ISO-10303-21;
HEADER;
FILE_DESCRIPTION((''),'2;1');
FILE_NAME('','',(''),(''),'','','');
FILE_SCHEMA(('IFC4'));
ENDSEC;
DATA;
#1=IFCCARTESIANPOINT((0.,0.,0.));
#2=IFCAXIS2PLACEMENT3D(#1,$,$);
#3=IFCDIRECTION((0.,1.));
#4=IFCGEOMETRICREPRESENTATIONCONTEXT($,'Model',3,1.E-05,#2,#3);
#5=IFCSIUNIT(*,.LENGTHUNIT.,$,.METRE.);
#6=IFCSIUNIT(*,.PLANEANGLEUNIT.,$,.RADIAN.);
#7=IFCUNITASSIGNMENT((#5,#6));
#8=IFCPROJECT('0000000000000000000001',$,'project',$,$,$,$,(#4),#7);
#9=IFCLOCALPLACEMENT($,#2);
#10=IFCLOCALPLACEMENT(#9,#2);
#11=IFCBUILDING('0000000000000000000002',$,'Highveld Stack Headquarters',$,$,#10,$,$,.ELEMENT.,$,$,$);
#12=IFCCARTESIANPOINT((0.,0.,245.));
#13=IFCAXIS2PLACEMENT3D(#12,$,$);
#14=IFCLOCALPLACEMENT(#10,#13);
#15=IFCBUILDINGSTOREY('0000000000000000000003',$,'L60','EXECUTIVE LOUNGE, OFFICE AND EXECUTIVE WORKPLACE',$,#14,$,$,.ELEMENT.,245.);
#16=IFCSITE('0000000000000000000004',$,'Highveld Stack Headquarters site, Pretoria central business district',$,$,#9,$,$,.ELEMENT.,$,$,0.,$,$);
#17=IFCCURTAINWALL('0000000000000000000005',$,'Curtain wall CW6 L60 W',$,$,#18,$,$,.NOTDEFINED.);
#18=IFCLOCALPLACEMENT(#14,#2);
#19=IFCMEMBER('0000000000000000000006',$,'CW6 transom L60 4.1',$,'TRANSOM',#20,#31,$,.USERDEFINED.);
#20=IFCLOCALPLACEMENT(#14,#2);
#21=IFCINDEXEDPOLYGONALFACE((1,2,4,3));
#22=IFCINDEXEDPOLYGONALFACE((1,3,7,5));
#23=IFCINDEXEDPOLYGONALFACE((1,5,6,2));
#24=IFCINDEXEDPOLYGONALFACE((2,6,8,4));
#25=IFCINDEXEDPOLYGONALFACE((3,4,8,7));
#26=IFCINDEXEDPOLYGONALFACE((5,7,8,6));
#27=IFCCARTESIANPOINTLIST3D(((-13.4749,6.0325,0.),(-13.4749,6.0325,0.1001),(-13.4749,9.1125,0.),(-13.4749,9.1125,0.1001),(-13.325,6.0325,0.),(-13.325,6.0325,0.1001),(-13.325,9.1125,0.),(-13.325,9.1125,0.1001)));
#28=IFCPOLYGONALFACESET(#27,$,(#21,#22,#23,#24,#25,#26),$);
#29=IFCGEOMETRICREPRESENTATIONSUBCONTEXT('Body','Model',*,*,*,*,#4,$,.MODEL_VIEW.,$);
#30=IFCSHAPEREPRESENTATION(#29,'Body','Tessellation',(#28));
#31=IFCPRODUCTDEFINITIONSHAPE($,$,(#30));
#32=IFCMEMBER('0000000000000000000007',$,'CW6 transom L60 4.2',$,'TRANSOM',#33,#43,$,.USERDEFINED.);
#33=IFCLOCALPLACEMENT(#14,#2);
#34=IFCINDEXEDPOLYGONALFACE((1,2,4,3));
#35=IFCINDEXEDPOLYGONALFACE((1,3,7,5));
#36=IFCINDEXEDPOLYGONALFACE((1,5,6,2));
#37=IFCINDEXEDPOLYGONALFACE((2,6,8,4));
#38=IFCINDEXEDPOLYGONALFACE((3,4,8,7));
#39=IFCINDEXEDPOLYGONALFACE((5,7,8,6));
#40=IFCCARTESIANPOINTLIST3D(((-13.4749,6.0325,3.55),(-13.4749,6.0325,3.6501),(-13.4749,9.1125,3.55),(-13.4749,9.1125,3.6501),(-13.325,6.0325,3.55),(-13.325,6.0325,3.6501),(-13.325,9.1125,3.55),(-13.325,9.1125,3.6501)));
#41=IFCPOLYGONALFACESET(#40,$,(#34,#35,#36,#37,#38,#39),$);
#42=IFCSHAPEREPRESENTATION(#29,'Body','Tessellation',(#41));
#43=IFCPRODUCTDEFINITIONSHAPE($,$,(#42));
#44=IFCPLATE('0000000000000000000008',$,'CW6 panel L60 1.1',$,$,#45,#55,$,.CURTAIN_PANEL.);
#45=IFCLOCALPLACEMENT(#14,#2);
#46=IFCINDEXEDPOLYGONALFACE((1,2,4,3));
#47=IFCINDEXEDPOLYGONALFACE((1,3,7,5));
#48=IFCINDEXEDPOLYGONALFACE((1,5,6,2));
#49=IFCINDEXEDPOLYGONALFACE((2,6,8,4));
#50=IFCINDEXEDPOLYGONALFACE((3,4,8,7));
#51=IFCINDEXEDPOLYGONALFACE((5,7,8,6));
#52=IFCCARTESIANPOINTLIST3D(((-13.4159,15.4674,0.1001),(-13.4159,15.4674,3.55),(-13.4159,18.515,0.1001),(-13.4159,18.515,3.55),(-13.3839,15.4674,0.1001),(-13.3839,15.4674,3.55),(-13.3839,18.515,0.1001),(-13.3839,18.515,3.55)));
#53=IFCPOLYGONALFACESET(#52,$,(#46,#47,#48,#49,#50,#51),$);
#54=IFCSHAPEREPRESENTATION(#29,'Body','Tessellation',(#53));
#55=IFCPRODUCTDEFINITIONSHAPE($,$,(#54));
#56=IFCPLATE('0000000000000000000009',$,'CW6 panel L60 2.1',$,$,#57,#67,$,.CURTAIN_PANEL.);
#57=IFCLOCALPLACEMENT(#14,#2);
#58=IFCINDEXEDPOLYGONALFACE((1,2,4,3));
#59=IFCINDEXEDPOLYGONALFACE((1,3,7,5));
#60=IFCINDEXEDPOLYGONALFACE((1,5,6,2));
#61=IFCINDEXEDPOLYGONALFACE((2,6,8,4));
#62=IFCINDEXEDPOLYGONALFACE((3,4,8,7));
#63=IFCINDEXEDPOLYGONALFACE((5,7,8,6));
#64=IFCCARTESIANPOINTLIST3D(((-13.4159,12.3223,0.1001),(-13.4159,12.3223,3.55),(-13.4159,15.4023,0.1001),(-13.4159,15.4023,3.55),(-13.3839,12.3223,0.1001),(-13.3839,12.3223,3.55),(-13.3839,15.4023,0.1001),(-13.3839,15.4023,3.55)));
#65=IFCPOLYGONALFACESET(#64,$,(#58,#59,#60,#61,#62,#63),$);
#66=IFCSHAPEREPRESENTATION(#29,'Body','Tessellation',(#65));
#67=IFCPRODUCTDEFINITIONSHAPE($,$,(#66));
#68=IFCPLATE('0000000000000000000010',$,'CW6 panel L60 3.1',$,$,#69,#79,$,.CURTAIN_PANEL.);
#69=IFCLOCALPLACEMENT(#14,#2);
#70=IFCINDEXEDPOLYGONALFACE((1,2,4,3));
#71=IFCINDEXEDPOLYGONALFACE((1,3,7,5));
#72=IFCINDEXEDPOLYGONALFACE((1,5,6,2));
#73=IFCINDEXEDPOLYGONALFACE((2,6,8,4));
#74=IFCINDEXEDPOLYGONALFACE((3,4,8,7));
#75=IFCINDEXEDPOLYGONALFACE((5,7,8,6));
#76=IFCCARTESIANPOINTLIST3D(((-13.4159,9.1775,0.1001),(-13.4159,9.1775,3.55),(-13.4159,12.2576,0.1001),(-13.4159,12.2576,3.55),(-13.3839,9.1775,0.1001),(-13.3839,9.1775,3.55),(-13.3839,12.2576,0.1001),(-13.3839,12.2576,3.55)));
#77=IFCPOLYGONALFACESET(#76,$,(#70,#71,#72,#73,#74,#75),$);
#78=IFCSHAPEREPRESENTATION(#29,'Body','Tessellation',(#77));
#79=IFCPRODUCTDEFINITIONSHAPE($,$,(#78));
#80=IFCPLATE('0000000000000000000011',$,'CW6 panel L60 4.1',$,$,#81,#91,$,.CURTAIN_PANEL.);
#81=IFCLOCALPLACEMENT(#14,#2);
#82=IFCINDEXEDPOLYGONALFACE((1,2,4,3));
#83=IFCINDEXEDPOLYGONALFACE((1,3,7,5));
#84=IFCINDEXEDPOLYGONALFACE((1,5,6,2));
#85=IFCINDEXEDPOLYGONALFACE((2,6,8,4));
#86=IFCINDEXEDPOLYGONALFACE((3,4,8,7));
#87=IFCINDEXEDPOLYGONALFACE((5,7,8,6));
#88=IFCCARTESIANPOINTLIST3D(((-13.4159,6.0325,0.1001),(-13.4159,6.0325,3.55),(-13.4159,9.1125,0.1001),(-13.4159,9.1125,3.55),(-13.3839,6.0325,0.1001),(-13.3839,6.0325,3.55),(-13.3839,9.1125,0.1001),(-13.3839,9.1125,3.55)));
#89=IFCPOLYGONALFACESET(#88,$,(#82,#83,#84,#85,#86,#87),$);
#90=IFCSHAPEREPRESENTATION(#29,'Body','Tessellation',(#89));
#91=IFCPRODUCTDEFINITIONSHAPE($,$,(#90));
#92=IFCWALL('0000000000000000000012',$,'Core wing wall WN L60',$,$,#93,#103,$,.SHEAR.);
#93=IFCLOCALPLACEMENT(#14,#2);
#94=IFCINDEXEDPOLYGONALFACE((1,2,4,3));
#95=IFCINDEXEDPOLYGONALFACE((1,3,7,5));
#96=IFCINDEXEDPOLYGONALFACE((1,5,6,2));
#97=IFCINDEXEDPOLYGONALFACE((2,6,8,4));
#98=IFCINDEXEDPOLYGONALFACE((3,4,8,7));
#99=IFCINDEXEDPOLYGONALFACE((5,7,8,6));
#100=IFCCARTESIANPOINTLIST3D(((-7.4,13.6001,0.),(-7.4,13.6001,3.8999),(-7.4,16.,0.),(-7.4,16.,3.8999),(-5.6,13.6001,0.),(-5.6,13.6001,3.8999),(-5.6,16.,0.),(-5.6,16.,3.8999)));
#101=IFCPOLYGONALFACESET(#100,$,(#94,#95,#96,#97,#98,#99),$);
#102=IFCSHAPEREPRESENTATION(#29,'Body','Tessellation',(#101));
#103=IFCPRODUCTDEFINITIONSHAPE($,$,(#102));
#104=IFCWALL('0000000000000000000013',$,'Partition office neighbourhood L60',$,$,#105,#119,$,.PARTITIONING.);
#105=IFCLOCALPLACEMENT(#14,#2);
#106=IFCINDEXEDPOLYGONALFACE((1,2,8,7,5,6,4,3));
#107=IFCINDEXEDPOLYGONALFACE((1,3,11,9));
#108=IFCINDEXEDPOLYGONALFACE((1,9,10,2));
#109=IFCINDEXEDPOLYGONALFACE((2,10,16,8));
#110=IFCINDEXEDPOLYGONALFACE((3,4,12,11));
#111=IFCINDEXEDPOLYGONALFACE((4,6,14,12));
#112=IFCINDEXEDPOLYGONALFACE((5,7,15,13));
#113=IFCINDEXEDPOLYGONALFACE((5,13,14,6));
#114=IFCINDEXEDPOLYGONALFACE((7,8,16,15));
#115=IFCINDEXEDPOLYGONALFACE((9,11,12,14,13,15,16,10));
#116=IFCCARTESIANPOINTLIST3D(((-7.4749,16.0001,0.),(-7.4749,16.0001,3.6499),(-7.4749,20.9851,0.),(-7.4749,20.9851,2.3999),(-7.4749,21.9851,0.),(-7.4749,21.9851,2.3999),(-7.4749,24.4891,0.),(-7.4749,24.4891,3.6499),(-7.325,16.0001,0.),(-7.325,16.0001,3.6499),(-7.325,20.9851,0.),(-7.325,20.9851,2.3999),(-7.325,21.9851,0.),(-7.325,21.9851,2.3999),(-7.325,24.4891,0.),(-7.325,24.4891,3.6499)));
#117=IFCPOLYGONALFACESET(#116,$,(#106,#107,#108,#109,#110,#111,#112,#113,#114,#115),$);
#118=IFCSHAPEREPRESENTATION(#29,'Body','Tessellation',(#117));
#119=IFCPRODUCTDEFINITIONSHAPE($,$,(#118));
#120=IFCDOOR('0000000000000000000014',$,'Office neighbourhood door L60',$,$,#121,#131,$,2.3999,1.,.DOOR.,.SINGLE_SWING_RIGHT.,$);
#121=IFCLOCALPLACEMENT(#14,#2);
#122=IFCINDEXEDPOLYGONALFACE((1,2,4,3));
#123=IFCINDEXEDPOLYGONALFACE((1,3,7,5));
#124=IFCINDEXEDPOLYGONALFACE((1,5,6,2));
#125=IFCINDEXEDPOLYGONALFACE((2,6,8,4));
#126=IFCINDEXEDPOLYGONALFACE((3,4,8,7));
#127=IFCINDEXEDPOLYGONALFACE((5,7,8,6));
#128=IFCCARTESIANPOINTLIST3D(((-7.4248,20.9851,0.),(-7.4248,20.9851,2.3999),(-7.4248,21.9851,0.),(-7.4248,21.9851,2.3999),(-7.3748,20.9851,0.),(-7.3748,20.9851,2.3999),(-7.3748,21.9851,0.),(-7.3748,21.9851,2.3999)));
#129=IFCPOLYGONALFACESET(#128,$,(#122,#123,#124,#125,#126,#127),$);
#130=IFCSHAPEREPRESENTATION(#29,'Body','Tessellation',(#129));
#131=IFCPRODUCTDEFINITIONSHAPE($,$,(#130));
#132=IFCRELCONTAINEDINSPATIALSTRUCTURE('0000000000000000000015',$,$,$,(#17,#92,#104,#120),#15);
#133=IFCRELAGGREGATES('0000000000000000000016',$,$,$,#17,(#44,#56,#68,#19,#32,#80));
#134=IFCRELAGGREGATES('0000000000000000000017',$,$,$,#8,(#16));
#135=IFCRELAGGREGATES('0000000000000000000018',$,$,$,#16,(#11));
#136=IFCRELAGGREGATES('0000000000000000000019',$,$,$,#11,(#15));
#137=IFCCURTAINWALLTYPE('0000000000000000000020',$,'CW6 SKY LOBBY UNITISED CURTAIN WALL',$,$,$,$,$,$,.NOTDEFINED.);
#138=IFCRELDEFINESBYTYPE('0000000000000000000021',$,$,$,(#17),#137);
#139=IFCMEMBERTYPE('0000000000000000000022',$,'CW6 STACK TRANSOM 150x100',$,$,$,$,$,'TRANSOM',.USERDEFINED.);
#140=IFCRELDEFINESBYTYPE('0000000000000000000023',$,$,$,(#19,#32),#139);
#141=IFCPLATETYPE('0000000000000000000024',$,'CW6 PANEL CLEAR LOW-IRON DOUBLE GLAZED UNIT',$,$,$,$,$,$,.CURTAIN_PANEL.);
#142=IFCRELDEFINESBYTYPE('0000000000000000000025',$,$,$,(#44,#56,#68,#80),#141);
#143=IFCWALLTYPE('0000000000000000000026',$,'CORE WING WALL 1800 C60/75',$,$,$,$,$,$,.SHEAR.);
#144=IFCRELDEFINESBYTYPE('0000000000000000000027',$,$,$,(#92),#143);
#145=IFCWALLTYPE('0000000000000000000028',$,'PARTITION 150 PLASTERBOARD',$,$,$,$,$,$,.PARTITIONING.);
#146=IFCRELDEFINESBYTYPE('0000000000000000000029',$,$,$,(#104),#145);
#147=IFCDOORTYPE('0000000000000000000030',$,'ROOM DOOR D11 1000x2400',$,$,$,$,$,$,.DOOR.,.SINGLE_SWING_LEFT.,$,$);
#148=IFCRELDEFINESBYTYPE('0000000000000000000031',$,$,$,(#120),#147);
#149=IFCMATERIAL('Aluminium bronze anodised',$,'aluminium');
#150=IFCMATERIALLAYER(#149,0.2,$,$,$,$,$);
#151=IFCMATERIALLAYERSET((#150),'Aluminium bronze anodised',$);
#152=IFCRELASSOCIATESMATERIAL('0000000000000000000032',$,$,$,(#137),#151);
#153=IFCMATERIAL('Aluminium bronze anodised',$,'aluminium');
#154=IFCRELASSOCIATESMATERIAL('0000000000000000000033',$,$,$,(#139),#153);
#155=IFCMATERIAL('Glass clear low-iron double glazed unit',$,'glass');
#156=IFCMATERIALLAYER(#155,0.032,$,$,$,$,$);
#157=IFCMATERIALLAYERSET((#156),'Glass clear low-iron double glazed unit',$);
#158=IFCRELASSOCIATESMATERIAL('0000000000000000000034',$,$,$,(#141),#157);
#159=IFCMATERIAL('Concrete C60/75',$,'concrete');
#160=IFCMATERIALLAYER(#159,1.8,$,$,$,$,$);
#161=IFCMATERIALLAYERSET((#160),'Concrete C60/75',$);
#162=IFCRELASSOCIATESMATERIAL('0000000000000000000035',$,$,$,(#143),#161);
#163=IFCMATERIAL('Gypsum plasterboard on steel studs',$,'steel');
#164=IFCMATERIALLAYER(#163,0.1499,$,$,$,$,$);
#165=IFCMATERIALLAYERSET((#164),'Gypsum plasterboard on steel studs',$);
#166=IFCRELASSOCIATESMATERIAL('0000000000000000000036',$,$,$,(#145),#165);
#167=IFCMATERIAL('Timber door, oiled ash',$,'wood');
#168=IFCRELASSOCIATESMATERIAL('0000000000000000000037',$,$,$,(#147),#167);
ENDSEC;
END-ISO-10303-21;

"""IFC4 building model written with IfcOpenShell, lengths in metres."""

from ifc_helpers import new_model, si_unit, direction, frame, frame_2d, origin, origin_2d, place, context, subcontext, project, spatial, rectangle, extrude, material, layer, layer_set, material_profile, profile_set, type_object, element, fill, aggregate, save


model = new_model("IFC4")

# Units and contexts
model_context = context("Model", 3, precision=1e-05, world=origin(), true_north=direction((0.0, 1.0)))
body_context = subcontext(model_context, "Body", "Model", "MODEL_VIEW")
ifc_project = project(units=[si_unit("LENGTHUNIT", "METRE"), si_unit("PLANEANGLEUNIT", "RADIAN")], contexts=[model_context])

# Site, building, storey
site_placement = place(None, origin())
site = spatial("IfcSite", under=ifc_project, at=site_placement, Name="Highveld Stack Headquarters site, Pretoria central business district", CompositionType="ELEMENT", RefElevation=0.0)
building_placement = place(site_placement, origin())
building = spatial("IfcBuilding", under=site, at=building_placement, Name="Highveld Stack Headquarters", CompositionType="ELEMENT")
storey_placement = place(building_placement, frame((0.0, 0.0, 245.0)))
storey = spatial("IfcBuildingStorey", under=building, at=storey_placement, Name="L60", Description="EXECUTIVE LOUNGE, OFFICE AND EXECUTIVE WORKPLACE", CompositionType="ELEMENT", Elevation=245.0)

# Curtain wall, members, plates
ifc_material_1 = material(Name="Aluminium bronze anodised", Category="aluminium")
ifc_layer_1 = layer(ifc_material_1, 0.2)
ifc_layer_set_1 = layer_set([ifc_layer_1], Name="Aluminium bronze anodised")
curtain_wall_type = type_object("IfcCurtainWallType", Name="CW6 SKY LOBBY UNITISED CURTAIN WALL", PredefinedType="NOTDEFINED", material=ifc_layer_set_1)
curtain_wall_placement = place(storey_placement, origin())
curtain_wall = element("IfcCurtainWall", 1, at=curtain_wall_placement, inside=storey, type_object=curtain_wall_type, Name="Curtain wall CW6 L60 W", PredefinedType="NOTDEFINED")
ifc_material_2 = material(Name="Aluminium bronze anodised", Category="aluminium")
ifc_material_profile_1 = material_profile(ifc_material_2, rectangle(XDim=0.1499, YDim=0.1001, at=origin_2d()), Name="CW6 TRANSOM 150x100")
ifc_profile_set_1 = profile_set([ifc_material_profile_1], Name="Aluminium bronze anodised")
member_type_1 = type_object("IfcMemberType", Name="CW6 STACK TRANSOM 150x100", ElementType="TRANSOM", PredefinedType="USERDEFINED", material=ifc_profile_set_1)
member_1_placement = place(storey_placement, frame((-13.3999, 9.1125, 0.05), z_axis=(0.0, -1.0, 0.0), x_axis=(1.0, 0.0, 0.0)))
member_1 = element("IfcMember", 2, at=member_1_placement, type_object=member_type_1, Name="CW6 transom L60 4.1", ObjectType="TRANSOM", PredefinedType="USERDEFINED", context=body_context, shape_type="SweptSolid", body=[
    extrude(rectangle(XDim=0.1499, YDim=0.1001, at=origin_2d()), origin(), (0.0, 0.0, 1.0), 3.0801),
])
member_2_placement = place(storey_placement, frame((-13.3999, 9.1125, 3.6001), z_axis=(0.0, -1.0, 0.0), x_axis=(1.0, 0.0, 0.0)))
member_2 = element("IfcMember", 3, at=member_2_placement, type_object=member_type_1, Name="CW6 transom L60 4.2", ObjectType="TRANSOM", PredefinedType="USERDEFINED", context=body_context, shape_type="SweptSolid", body=[
    extrude(rectangle(XDim=0.1499, YDim=0.1001, at=origin_2d()), origin(), (0.0, 0.0, 1.0), 3.0801),
])
ifc_material_3 = material(Name="Glass clear low-iron double glazed unit", Category="glass")
ifc_layer_2 = layer(ifc_material_3, 0.032)
ifc_layer_set_2 = layer_set([ifc_layer_2], Name="Glass clear low-iron double glazed unit")
plate_type = type_object("IfcPlateType", Name="CW6 PANEL CLEAR LOW-IRON DOUBLE GLAZED UNIT", PredefinedType="CURTAIN_PANEL", material=ifc_layer_set_2)
plate_1_placement = place(storey_placement, frame((-13.3999, 16.9912, 0.1001), z_axis=(0.0, 0.0, 1.0), x_axis=(0.0, -1.0, 0.0)))
plate_1 = element("IfcPlate", 4, at=plate_1_placement, type_object=plate_type, Name="CW6 panel L60 1.1", PredefinedType="CURTAIN_PANEL", context=body_context, shape_type="SweptSolid", body=[
    extrude(rectangle(XDim=3.0476, YDim=0.032, at=origin_2d()), origin(), (0.0, 0.0, 1.0), 3.45),
])
plate_2_placement = place(storey_placement, frame((-13.3999, 13.8623, 0.1001), z_axis=(0.0, 0.0, 1.0), x_axis=(0.0, -1.0, 0.0)))
plate_2 = element("IfcPlate", 5, at=plate_2_placement, type_object=plate_type, Name="CW6 panel L60 2.1", PredefinedType="CURTAIN_PANEL", context=body_context, shape_type="SweptSolid", body=[
    extrude(rectangle(XDim=3.0801, YDim=0.032, at=origin_2d()), origin(), (0.0, 0.0, 1.0), 3.45),
])
plate_3_placement = place(storey_placement, frame((-13.3999, 10.7175, 0.1001), z_axis=(0.0, 0.0, 1.0), x_axis=(0.0, -1.0, 0.0)))
plate_3 = element("IfcPlate", 6, at=plate_3_placement, type_object=plate_type, Name="CW6 panel L60 3.1", PredefinedType="CURTAIN_PANEL", context=body_context, shape_type="SweptSolid", body=[
    extrude(rectangle(XDim=3.0801, YDim=0.032, at=origin_2d()), origin(), (0.0, 0.0, 1.0), 3.45),
])
plate_4_placement = place(storey_placement, frame((-13.3999, 7.5725, 0.1001), z_axis=(0.0, 0.0, 1.0), x_axis=(0.0, -1.0, 0.0)))
plate_4 = element("IfcPlate", 7, at=plate_4_placement, type_object=plate_type, Name="CW6 panel L60 4.1", PredefinedType="CURTAIN_PANEL", context=body_context, shape_type="SweptSolid", body=[
    extrude(rectangle(XDim=3.0801, YDim=0.032, at=origin_2d()), origin(), (0.0, 0.0, 1.0), 3.45),
])
aggregate(curtain_wall, [plate_1, plate_2, plate_3, member_1, member_2, plate_4])

# Wall
ifc_material_4 = material(Name="Concrete C60/75", Category="concrete")
ifc_layer_3 = layer(ifc_material_4, 1.8)
ifc_layer_set_3 = layer_set([ifc_layer_3], Name="Concrete C60/75")
wall_type_1 = type_object("IfcWallType", Name="CORE WING WALL 1800 C60/75", PredefinedType="SHEAR", material=ifc_layer_set_3)
wall_1_placement = place(storey_placement, frame((-6.5, 13.6001, 0.0), z_axis=(0.0, 0.0, 1.0), x_axis=(0.0, 1.0, 0.0)))
element("IfcWall", 8, at=wall_1_placement, inside=storey, type_object=wall_type_1, Name="Core wing wall WN L60", PredefinedType="SHEAR", context=body_context, shape_type="SweptSolid", body=[
    extrude(rectangle(XDim=2.3999, YDim=1.8, at=frame_2d((1.2, 0.0))), origin(), (0.0, 0.0, 1.0), 3.8999),
])

# Wall, opening, door
ifc_material_5 = material(Name="Gypsum plasterboard on steel studs", Category="steel")
ifc_layer_4 = layer(ifc_material_5, 0.1499)
ifc_layer_set_4 = layer_set([ifc_layer_4], Name="Gypsum plasterboard on steel studs")
wall_type_2 = type_object("IfcWallType", Name="PARTITION 150 PLASTERBOARD", PredefinedType="PARTITIONING", material=ifc_layer_set_4)
wall_2_placement = place(storey_placement, frame((-7.3999, 16.0, 0.0), z_axis=(0.0, 0.0, 1.0), x_axis=(0.0, 1.0, 0.0)))
wall_2 = element("IfcWall", 9, at=wall_2_placement, inside=storey, type_object=wall_type_2, Name="Partition office neighbourhood L60", PredefinedType="PARTITIONING", context=body_context, shape_type="SweptSolid", body=[
    extrude(rectangle(XDim=8.489, YDim=0.1499, at=frame_2d((4.2446, 0.0))), origin(), (0.0, 0.0, 1.0), 3.6499),
])
opening_placement = place(wall_2_placement, frame((4.9851, 0.0, 0.0)))
opening = element("IfcOpeningElement", 10, at=opening_placement, cuts=wall_2, PredefinedType="OPENING", context=body_context, shape_type="SweptSolid", body=[
    extrude(rectangle(XDim=1.0, YDim=2.3999, at=frame_2d((0.5, 1.2))), frame((0.0, 0.085, 0.0), z_axis=(0.0, -1.0, 0.0), x_axis=(1.0, 0.0, 0.0)), (0.0, 0.0, 1.0), 0.1699),
])
ifc_material_6 = material(Name="Timber door, oiled ash", Category="wood")
door_type = type_object("IfcDoorType", Name="ROOM DOOR D11 1000x2400", OperationType="SINGLE_SWING_LEFT", PredefinedType="DOOR", material=ifc_material_6)
door_placement = place(opening_placement, origin())
door = element("IfcDoor", 11, at=door_placement, inside=storey, type_object=door_type, Name="Office neighbourhood door L60", OperationType="SINGLE_SWING_RIGHT", OverallHeight=2.3999, OverallWidth=1.0, PredefinedType="DOOR", context=body_context, shape_type="SweptSolid", body=[
    extrude(rectangle(XDim=1.0, YDim=2.3999, at=frame_2d((0.5, 1.2))), frame((0.0, 0.0249, 0.0), z_axis=(0.0, -1.0, 0.0), x_axis=(1.0, 0.0, 0.0)), (0.0, 0.0, 1.0), 0.05),
])
fill(opening, door)

save(model, "model.ifc")
